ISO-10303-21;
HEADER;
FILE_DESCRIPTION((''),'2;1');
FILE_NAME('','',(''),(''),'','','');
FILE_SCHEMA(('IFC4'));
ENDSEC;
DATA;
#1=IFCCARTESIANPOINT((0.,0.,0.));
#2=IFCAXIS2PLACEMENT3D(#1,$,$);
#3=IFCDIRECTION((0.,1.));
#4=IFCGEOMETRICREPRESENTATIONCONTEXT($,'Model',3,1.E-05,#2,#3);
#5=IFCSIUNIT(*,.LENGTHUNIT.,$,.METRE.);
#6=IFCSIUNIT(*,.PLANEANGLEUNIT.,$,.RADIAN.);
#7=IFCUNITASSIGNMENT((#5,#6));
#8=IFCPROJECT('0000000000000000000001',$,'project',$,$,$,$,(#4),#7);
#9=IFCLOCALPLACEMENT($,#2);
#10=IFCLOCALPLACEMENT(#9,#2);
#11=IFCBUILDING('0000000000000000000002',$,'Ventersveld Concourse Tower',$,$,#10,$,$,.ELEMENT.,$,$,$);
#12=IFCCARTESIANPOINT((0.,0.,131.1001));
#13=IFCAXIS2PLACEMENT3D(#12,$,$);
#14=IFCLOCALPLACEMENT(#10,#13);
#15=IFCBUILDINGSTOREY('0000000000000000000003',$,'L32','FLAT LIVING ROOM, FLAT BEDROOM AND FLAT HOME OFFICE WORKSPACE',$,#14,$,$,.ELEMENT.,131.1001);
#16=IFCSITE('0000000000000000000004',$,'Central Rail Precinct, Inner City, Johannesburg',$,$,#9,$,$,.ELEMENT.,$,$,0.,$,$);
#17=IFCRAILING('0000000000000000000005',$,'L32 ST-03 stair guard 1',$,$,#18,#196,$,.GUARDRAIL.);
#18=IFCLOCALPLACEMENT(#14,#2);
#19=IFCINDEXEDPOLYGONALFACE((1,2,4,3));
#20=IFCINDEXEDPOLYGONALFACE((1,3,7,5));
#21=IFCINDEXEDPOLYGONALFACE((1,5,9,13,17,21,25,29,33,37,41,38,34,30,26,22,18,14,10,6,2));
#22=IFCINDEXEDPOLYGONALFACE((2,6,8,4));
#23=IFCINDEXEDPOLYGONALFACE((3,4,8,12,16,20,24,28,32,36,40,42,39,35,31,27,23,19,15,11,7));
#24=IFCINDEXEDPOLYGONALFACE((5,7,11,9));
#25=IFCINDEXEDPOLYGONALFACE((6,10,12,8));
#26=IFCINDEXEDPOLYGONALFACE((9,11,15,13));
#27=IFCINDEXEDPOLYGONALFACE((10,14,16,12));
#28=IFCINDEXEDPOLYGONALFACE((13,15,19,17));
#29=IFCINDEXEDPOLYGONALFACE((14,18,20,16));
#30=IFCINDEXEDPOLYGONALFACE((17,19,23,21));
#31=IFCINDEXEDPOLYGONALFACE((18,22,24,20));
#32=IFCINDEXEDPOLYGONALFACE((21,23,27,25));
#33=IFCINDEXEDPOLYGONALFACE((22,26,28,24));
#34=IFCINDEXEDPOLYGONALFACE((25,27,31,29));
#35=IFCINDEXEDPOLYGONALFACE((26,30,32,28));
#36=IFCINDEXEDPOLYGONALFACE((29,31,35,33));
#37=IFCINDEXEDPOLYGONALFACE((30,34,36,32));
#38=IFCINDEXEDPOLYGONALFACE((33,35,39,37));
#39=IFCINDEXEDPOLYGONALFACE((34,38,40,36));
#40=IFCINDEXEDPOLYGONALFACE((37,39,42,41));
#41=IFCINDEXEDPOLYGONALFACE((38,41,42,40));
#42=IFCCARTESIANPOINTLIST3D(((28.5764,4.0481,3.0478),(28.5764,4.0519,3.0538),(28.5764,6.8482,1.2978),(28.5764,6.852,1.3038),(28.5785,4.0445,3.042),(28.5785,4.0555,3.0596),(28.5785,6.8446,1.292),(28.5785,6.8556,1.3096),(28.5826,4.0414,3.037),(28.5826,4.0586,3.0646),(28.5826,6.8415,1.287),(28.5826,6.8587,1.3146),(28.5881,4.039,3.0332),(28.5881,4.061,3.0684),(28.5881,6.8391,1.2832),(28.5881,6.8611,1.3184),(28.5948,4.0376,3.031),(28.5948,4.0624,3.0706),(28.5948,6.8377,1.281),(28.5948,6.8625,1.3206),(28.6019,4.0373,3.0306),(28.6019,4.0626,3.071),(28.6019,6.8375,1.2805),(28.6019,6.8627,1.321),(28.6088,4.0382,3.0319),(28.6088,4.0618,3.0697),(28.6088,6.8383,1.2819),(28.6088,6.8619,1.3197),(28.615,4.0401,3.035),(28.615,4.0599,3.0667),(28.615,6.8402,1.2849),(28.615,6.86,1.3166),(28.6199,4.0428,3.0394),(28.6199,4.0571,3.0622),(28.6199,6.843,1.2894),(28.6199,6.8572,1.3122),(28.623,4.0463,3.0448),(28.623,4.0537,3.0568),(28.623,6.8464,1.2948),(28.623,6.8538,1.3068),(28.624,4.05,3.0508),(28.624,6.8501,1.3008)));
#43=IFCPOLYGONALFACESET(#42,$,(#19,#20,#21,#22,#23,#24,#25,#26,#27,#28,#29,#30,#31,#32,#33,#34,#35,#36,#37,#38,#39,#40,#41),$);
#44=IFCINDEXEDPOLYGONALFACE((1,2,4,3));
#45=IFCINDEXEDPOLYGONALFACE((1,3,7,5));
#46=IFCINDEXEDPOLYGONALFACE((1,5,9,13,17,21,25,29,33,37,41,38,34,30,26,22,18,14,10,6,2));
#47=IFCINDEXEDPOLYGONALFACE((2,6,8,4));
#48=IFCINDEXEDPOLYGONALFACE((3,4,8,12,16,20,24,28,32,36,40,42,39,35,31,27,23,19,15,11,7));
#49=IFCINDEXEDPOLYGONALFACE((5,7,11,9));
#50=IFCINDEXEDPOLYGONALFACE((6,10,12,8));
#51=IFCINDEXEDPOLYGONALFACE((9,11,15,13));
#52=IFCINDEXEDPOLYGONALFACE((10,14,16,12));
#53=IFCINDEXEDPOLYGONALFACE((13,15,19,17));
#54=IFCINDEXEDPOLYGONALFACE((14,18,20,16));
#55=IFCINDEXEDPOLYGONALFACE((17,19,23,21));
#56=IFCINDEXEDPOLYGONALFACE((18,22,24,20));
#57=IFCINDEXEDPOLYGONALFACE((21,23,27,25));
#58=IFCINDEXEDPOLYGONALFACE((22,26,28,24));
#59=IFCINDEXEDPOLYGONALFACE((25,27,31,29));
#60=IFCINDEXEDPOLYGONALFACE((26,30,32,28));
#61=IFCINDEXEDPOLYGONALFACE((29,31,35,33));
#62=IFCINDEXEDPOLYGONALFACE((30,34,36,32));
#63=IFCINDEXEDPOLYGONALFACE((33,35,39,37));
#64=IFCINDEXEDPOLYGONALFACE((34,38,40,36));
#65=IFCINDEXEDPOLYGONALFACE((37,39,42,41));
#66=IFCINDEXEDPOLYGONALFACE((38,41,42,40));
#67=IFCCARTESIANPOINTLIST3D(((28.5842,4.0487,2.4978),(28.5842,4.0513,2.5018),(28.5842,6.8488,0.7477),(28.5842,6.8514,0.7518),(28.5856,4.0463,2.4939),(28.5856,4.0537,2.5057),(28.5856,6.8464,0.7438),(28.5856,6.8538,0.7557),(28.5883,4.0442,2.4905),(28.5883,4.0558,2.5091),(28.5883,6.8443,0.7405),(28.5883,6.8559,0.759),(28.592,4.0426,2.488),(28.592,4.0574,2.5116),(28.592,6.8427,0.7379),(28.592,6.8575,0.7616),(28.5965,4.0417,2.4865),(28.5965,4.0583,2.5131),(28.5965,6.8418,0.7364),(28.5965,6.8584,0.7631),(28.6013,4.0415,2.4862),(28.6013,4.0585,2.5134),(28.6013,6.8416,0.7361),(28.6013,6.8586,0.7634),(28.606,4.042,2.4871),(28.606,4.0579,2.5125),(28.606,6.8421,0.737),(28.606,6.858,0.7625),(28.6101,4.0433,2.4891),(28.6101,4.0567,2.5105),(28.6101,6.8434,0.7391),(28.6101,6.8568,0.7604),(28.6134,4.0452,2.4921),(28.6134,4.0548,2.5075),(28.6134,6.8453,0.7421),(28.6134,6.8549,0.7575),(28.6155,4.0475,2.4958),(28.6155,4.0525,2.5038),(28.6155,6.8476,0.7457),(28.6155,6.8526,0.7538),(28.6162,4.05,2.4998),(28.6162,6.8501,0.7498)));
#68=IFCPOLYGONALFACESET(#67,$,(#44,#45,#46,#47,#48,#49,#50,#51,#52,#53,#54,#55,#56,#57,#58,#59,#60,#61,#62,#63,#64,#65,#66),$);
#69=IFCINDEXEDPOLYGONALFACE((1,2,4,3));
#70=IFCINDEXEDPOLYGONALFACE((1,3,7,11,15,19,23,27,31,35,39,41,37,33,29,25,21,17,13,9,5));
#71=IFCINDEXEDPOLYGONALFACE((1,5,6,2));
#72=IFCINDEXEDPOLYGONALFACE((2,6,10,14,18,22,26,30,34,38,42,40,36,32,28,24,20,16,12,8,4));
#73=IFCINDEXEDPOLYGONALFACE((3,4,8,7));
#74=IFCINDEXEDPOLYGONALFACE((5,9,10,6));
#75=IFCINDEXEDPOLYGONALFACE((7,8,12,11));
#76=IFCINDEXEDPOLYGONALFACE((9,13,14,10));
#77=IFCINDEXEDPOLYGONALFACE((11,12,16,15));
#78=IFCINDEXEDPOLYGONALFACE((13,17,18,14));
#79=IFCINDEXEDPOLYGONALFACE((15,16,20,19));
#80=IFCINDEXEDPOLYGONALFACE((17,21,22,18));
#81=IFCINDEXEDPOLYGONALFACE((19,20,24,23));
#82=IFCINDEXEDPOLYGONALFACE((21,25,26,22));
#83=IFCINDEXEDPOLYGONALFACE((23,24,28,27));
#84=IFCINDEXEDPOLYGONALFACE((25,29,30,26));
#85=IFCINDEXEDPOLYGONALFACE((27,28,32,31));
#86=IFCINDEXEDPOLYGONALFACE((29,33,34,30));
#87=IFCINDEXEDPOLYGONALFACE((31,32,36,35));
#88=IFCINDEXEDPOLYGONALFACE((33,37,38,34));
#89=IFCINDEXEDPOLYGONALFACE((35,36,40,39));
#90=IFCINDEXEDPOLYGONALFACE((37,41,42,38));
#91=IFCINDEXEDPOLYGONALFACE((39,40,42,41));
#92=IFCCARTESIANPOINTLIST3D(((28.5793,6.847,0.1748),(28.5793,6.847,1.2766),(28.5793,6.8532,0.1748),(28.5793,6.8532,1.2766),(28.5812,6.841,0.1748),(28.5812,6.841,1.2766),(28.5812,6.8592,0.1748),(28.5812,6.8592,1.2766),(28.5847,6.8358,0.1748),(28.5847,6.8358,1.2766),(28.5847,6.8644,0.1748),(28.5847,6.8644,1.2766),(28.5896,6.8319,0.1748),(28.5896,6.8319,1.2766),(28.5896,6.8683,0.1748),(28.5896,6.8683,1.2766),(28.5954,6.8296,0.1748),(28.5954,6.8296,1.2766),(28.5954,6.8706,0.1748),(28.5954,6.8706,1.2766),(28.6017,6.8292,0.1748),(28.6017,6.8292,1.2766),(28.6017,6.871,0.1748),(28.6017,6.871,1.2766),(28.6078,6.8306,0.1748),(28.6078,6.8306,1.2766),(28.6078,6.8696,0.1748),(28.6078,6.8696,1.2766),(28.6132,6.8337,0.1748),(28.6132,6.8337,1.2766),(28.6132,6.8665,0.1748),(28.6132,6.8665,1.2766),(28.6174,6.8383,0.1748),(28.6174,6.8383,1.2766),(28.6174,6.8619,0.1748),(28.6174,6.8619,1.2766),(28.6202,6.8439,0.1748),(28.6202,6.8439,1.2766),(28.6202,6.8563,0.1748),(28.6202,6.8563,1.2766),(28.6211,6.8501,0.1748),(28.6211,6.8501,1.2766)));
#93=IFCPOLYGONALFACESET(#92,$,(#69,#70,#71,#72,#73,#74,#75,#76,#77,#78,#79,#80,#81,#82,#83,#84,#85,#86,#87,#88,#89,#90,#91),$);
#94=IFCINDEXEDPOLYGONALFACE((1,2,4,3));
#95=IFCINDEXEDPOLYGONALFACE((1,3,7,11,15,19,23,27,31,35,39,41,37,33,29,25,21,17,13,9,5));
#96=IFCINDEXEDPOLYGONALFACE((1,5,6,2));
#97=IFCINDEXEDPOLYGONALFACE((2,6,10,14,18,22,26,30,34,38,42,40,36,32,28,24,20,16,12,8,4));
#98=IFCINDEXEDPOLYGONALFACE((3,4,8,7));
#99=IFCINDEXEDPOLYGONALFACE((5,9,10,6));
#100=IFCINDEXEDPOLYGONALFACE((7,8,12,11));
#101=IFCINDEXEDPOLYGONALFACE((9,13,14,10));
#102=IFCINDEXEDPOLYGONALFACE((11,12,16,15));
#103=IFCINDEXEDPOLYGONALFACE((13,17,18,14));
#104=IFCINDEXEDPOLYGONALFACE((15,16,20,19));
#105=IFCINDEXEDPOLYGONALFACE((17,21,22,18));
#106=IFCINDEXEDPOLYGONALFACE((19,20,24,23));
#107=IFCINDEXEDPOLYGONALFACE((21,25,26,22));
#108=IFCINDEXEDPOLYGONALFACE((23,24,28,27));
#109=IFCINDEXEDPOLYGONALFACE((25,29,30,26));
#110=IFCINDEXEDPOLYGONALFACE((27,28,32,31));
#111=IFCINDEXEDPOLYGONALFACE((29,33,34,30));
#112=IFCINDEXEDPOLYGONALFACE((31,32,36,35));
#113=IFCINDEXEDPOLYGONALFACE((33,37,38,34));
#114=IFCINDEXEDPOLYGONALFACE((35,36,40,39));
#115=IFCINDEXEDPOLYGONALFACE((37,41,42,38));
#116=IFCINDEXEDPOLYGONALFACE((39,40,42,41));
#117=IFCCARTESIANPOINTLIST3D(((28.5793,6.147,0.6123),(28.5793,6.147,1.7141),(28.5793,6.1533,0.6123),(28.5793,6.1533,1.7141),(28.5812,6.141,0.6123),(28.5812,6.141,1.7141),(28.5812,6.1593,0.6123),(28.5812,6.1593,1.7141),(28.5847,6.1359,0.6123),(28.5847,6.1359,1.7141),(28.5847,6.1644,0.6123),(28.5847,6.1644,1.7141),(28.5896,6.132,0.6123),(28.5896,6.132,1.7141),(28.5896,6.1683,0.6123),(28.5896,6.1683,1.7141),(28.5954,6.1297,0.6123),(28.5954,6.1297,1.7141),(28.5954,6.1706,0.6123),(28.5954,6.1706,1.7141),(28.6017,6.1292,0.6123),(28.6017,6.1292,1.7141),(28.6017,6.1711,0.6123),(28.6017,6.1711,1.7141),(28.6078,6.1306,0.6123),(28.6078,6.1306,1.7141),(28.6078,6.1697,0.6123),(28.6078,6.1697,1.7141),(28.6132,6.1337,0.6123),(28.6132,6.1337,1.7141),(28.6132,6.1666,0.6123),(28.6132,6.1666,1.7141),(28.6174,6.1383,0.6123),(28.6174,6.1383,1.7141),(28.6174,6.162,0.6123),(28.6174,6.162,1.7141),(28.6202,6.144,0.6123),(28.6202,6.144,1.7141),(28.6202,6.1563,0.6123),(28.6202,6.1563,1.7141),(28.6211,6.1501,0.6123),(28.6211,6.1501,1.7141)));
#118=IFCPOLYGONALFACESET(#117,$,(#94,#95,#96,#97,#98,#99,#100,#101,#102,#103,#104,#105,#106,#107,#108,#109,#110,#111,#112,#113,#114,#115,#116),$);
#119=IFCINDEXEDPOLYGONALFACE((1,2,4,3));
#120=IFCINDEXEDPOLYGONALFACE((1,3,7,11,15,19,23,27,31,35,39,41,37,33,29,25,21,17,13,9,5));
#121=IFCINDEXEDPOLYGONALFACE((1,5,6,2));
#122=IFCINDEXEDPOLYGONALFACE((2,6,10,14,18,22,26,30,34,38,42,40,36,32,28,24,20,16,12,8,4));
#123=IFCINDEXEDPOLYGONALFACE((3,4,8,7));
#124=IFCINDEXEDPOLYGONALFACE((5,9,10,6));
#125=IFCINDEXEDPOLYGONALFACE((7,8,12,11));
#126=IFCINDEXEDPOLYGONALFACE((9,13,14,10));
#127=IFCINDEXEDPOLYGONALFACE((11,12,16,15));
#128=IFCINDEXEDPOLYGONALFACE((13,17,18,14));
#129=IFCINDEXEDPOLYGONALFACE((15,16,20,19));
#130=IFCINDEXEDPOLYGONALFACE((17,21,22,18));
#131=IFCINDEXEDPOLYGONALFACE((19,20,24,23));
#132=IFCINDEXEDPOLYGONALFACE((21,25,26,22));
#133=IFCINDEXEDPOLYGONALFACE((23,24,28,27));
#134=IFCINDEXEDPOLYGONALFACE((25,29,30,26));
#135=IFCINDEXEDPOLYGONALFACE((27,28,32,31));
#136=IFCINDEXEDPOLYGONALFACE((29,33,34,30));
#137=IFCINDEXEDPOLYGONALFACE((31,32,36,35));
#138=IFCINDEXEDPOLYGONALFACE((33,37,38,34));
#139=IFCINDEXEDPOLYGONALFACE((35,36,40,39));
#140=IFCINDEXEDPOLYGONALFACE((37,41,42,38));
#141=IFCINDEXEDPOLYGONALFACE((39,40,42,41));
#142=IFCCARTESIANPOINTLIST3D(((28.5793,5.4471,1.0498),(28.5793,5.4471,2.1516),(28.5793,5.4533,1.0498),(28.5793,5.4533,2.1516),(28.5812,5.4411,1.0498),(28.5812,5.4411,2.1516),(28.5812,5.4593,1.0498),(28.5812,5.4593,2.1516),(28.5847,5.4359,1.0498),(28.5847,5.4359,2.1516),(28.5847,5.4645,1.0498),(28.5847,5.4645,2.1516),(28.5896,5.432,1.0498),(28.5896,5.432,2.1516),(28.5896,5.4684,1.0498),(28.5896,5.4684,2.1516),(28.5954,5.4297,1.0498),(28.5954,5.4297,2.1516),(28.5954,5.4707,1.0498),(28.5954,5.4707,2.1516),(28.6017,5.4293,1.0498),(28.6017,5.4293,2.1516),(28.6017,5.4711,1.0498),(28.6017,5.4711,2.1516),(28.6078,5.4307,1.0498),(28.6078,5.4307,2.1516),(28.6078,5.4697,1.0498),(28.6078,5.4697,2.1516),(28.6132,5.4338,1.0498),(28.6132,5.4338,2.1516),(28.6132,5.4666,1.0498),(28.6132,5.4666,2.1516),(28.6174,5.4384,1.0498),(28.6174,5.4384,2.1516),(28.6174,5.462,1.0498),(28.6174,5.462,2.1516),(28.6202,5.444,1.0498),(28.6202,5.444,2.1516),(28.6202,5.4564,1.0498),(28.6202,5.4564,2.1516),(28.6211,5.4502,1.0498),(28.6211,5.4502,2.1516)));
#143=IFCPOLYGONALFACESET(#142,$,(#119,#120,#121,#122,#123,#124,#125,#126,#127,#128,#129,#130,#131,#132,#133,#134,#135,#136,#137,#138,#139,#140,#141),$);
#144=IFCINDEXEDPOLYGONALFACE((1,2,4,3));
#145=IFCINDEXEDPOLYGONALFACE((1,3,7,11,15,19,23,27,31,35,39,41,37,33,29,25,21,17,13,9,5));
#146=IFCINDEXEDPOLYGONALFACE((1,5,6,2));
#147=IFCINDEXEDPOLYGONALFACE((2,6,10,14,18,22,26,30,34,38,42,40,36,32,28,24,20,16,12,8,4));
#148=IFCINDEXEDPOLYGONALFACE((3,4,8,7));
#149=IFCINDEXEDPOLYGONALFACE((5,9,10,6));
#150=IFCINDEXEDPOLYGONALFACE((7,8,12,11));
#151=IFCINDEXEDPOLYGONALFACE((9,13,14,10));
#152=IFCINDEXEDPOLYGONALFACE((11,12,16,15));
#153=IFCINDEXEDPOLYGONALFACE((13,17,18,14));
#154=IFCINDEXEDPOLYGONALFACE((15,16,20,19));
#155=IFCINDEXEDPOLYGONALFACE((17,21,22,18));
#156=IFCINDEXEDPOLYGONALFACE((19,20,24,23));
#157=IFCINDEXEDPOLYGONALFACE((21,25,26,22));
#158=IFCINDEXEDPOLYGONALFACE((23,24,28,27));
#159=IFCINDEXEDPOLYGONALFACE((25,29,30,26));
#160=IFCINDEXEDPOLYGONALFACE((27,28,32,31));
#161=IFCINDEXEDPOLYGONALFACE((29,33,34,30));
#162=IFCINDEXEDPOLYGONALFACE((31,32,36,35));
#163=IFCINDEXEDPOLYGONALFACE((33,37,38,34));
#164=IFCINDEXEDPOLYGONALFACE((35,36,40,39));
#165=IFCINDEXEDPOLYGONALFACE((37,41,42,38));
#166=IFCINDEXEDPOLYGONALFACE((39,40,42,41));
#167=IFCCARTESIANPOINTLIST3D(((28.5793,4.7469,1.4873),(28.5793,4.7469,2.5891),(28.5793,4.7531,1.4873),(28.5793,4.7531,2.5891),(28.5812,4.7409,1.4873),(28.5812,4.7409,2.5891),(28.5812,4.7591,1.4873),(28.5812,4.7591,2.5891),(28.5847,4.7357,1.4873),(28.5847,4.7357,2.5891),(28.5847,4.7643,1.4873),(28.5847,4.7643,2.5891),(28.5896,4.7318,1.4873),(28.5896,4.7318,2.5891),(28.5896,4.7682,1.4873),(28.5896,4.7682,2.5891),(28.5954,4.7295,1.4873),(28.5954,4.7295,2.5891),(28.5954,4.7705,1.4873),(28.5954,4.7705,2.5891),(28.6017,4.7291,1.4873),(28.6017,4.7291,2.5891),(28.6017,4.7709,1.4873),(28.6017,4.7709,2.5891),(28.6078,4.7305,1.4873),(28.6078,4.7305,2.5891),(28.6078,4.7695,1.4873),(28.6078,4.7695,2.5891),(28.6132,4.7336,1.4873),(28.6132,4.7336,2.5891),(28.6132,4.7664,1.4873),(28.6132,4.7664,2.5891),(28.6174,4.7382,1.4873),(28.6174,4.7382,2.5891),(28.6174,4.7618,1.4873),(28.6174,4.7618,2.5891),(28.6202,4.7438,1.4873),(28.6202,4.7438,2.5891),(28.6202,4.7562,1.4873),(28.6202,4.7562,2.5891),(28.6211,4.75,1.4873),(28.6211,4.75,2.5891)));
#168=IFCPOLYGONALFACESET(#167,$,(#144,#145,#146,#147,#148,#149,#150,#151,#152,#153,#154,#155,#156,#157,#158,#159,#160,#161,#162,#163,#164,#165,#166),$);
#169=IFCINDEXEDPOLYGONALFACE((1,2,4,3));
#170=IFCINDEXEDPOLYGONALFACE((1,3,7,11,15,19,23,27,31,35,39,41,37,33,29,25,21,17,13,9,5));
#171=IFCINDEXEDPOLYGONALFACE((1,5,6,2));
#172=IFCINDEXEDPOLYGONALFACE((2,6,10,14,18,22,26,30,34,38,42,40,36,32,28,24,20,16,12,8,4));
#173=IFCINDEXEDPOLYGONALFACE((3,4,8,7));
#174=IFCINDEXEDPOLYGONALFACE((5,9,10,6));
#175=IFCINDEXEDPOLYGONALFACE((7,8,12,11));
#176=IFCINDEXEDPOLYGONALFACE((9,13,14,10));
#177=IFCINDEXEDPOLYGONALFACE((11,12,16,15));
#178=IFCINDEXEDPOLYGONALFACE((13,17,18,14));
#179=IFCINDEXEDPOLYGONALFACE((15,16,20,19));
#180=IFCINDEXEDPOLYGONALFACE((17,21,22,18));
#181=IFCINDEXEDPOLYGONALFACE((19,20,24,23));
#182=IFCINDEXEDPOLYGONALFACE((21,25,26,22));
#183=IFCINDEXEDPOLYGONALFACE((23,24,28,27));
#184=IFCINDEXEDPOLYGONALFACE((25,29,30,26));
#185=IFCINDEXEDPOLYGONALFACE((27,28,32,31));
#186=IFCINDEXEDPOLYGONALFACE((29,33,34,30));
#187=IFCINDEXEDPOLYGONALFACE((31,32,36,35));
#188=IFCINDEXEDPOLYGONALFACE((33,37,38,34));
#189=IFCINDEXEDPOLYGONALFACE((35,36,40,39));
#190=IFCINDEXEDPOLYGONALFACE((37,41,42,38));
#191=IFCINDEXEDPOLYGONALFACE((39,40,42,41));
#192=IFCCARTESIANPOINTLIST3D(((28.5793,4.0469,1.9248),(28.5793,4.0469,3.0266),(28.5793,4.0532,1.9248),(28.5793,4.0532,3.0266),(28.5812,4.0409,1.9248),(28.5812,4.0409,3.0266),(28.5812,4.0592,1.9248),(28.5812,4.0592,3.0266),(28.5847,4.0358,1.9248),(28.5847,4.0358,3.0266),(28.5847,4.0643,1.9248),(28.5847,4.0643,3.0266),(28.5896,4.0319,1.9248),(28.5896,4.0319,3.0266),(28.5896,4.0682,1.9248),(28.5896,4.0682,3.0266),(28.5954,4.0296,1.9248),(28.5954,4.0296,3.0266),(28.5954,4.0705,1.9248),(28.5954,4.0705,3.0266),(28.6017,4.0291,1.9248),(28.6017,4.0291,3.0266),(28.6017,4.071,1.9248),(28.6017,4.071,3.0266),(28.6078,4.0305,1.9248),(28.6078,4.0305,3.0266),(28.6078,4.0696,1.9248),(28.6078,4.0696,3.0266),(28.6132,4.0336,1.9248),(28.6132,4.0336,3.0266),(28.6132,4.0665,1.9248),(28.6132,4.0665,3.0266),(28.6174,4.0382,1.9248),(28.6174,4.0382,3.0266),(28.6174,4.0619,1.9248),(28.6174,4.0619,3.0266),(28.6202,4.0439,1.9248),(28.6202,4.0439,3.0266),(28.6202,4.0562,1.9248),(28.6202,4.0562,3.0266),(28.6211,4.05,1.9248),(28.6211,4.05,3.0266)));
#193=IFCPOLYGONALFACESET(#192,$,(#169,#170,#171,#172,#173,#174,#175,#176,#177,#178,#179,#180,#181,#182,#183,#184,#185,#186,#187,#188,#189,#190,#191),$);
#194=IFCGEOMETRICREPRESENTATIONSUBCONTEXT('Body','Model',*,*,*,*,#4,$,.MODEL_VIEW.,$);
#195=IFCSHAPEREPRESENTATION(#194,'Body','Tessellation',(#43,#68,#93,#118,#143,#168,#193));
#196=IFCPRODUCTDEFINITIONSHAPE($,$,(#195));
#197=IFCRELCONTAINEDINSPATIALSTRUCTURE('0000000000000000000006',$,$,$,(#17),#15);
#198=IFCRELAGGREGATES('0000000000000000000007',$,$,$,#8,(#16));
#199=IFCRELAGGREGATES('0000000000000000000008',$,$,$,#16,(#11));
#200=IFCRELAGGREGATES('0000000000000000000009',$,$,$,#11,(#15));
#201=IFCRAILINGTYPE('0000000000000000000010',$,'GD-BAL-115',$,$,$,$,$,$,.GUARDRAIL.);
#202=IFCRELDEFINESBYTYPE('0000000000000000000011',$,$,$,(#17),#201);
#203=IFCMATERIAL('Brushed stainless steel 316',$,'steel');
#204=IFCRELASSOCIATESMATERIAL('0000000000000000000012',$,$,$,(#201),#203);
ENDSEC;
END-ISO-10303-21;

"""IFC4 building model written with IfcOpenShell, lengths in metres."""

from ifc_helpers import new_model, si_unit, direction, frame, origin, origin_2d, place, context, subcontext, project, spatial, circle, extrude, material, type_object, element, save


model = new_model("IFC4")

# Units and contexts
model_context = context("Model", 3, precision=1e-05, world=origin(), true_north=direction((0.0, 1.0)))
body_context = subcontext(model_context, "Body", "Model", "MODEL_VIEW")
ifc_project = project(units=[si_unit("LENGTHUNIT", "METRE"), si_unit("PLANEANGLEUNIT", "RADIAN")], contexts=[model_context])

# Site, building, storey
site_placement = place(None, origin())
site = spatial("IfcSite", under=ifc_project, at=site_placement, Name="Central Rail Precinct, Inner City, Johannesburg", CompositionType="ELEMENT", RefElevation=0.0)
building_placement = place(site_placement, origin())
building = spatial("IfcBuilding", under=site, at=building_placement, Name="Ventersveld Concourse Tower", CompositionType="ELEMENT")
storey_placement = place(building_placement, frame((0.0, 0.0, 131.1001)))
storey = spatial("IfcBuildingStorey", under=building, at=storey_placement, Name="L32", Description="FLAT LIVING ROOM, FLAT BEDROOM AND FLAT HOME OFFICE WORKSPACE", CompositionType="ELEMENT", Elevation=131.1001)

# Shared definitions
ifc_material_1 = material(Name="Brushed stainless steel 316", Category="steel")

# Railing
railing_type_1 = type_object("IfcRailingType", Name="GD-BAL-115", PredefinedType="GUARDRAIL", material=ifc_material_1)
railing_1_placement = place(storey_placement, frame((28.6001, 6.8501, 0.1748)))
element("IfcRailing", 1, at=railing_1_placement, inside=storey, type_object=railing_type_1, Name="L32 ST-03 stair guard 1", PredefinedType="GUARDRAIL", context=body_context, shape_type="SweptSolid", body=[
    extrude(circle(Radius=0.0239, at=origin_2d()), frame((0.0, 0.0, 1.126), z_axis=(0.0, -0.848002, 0.529992), x_axis=(1.0, 0.0, 0.0)), (0.0, 0.0, 1.0), 3.302),
    extrude(circle(Radius=0.0161, at=origin_2d()), frame((0.0, 0.0, 0.575), z_axis=(0.0, -0.848002, 0.529992), x_axis=(1.0, 0.0, 0.0)), (0.0, 0.0, 1.0), 3.302),
    extrude(circle(Radius=0.021, at=origin_2d()), origin(), (0.0, 0.0, 1.0), 1.1018),
    extrude(circle(Radius=0.021, at=origin_2d()), frame((0.0, -0.7, 0.4375)), (0.0, 0.0, 1.0), 1.1018),
    extrude(circle(Radius=0.021, at=origin_2d()), frame((0.0, -1.3999, 0.875)), (0.0, 0.0, 1.0), 1.1018),
    extrude(circle(Radius=0.021, at=origin_2d()), frame((0.0, -2.1001, 1.3125)), (0.0, 0.0, 1.0), 1.1018),
    extrude(circle(Radius=0.021, at=origin_2d()), frame((0.0, -2.8, 1.75)), (0.0, 0.0, 1.0), 1.1018),
])

save(model, "model.ifc")
